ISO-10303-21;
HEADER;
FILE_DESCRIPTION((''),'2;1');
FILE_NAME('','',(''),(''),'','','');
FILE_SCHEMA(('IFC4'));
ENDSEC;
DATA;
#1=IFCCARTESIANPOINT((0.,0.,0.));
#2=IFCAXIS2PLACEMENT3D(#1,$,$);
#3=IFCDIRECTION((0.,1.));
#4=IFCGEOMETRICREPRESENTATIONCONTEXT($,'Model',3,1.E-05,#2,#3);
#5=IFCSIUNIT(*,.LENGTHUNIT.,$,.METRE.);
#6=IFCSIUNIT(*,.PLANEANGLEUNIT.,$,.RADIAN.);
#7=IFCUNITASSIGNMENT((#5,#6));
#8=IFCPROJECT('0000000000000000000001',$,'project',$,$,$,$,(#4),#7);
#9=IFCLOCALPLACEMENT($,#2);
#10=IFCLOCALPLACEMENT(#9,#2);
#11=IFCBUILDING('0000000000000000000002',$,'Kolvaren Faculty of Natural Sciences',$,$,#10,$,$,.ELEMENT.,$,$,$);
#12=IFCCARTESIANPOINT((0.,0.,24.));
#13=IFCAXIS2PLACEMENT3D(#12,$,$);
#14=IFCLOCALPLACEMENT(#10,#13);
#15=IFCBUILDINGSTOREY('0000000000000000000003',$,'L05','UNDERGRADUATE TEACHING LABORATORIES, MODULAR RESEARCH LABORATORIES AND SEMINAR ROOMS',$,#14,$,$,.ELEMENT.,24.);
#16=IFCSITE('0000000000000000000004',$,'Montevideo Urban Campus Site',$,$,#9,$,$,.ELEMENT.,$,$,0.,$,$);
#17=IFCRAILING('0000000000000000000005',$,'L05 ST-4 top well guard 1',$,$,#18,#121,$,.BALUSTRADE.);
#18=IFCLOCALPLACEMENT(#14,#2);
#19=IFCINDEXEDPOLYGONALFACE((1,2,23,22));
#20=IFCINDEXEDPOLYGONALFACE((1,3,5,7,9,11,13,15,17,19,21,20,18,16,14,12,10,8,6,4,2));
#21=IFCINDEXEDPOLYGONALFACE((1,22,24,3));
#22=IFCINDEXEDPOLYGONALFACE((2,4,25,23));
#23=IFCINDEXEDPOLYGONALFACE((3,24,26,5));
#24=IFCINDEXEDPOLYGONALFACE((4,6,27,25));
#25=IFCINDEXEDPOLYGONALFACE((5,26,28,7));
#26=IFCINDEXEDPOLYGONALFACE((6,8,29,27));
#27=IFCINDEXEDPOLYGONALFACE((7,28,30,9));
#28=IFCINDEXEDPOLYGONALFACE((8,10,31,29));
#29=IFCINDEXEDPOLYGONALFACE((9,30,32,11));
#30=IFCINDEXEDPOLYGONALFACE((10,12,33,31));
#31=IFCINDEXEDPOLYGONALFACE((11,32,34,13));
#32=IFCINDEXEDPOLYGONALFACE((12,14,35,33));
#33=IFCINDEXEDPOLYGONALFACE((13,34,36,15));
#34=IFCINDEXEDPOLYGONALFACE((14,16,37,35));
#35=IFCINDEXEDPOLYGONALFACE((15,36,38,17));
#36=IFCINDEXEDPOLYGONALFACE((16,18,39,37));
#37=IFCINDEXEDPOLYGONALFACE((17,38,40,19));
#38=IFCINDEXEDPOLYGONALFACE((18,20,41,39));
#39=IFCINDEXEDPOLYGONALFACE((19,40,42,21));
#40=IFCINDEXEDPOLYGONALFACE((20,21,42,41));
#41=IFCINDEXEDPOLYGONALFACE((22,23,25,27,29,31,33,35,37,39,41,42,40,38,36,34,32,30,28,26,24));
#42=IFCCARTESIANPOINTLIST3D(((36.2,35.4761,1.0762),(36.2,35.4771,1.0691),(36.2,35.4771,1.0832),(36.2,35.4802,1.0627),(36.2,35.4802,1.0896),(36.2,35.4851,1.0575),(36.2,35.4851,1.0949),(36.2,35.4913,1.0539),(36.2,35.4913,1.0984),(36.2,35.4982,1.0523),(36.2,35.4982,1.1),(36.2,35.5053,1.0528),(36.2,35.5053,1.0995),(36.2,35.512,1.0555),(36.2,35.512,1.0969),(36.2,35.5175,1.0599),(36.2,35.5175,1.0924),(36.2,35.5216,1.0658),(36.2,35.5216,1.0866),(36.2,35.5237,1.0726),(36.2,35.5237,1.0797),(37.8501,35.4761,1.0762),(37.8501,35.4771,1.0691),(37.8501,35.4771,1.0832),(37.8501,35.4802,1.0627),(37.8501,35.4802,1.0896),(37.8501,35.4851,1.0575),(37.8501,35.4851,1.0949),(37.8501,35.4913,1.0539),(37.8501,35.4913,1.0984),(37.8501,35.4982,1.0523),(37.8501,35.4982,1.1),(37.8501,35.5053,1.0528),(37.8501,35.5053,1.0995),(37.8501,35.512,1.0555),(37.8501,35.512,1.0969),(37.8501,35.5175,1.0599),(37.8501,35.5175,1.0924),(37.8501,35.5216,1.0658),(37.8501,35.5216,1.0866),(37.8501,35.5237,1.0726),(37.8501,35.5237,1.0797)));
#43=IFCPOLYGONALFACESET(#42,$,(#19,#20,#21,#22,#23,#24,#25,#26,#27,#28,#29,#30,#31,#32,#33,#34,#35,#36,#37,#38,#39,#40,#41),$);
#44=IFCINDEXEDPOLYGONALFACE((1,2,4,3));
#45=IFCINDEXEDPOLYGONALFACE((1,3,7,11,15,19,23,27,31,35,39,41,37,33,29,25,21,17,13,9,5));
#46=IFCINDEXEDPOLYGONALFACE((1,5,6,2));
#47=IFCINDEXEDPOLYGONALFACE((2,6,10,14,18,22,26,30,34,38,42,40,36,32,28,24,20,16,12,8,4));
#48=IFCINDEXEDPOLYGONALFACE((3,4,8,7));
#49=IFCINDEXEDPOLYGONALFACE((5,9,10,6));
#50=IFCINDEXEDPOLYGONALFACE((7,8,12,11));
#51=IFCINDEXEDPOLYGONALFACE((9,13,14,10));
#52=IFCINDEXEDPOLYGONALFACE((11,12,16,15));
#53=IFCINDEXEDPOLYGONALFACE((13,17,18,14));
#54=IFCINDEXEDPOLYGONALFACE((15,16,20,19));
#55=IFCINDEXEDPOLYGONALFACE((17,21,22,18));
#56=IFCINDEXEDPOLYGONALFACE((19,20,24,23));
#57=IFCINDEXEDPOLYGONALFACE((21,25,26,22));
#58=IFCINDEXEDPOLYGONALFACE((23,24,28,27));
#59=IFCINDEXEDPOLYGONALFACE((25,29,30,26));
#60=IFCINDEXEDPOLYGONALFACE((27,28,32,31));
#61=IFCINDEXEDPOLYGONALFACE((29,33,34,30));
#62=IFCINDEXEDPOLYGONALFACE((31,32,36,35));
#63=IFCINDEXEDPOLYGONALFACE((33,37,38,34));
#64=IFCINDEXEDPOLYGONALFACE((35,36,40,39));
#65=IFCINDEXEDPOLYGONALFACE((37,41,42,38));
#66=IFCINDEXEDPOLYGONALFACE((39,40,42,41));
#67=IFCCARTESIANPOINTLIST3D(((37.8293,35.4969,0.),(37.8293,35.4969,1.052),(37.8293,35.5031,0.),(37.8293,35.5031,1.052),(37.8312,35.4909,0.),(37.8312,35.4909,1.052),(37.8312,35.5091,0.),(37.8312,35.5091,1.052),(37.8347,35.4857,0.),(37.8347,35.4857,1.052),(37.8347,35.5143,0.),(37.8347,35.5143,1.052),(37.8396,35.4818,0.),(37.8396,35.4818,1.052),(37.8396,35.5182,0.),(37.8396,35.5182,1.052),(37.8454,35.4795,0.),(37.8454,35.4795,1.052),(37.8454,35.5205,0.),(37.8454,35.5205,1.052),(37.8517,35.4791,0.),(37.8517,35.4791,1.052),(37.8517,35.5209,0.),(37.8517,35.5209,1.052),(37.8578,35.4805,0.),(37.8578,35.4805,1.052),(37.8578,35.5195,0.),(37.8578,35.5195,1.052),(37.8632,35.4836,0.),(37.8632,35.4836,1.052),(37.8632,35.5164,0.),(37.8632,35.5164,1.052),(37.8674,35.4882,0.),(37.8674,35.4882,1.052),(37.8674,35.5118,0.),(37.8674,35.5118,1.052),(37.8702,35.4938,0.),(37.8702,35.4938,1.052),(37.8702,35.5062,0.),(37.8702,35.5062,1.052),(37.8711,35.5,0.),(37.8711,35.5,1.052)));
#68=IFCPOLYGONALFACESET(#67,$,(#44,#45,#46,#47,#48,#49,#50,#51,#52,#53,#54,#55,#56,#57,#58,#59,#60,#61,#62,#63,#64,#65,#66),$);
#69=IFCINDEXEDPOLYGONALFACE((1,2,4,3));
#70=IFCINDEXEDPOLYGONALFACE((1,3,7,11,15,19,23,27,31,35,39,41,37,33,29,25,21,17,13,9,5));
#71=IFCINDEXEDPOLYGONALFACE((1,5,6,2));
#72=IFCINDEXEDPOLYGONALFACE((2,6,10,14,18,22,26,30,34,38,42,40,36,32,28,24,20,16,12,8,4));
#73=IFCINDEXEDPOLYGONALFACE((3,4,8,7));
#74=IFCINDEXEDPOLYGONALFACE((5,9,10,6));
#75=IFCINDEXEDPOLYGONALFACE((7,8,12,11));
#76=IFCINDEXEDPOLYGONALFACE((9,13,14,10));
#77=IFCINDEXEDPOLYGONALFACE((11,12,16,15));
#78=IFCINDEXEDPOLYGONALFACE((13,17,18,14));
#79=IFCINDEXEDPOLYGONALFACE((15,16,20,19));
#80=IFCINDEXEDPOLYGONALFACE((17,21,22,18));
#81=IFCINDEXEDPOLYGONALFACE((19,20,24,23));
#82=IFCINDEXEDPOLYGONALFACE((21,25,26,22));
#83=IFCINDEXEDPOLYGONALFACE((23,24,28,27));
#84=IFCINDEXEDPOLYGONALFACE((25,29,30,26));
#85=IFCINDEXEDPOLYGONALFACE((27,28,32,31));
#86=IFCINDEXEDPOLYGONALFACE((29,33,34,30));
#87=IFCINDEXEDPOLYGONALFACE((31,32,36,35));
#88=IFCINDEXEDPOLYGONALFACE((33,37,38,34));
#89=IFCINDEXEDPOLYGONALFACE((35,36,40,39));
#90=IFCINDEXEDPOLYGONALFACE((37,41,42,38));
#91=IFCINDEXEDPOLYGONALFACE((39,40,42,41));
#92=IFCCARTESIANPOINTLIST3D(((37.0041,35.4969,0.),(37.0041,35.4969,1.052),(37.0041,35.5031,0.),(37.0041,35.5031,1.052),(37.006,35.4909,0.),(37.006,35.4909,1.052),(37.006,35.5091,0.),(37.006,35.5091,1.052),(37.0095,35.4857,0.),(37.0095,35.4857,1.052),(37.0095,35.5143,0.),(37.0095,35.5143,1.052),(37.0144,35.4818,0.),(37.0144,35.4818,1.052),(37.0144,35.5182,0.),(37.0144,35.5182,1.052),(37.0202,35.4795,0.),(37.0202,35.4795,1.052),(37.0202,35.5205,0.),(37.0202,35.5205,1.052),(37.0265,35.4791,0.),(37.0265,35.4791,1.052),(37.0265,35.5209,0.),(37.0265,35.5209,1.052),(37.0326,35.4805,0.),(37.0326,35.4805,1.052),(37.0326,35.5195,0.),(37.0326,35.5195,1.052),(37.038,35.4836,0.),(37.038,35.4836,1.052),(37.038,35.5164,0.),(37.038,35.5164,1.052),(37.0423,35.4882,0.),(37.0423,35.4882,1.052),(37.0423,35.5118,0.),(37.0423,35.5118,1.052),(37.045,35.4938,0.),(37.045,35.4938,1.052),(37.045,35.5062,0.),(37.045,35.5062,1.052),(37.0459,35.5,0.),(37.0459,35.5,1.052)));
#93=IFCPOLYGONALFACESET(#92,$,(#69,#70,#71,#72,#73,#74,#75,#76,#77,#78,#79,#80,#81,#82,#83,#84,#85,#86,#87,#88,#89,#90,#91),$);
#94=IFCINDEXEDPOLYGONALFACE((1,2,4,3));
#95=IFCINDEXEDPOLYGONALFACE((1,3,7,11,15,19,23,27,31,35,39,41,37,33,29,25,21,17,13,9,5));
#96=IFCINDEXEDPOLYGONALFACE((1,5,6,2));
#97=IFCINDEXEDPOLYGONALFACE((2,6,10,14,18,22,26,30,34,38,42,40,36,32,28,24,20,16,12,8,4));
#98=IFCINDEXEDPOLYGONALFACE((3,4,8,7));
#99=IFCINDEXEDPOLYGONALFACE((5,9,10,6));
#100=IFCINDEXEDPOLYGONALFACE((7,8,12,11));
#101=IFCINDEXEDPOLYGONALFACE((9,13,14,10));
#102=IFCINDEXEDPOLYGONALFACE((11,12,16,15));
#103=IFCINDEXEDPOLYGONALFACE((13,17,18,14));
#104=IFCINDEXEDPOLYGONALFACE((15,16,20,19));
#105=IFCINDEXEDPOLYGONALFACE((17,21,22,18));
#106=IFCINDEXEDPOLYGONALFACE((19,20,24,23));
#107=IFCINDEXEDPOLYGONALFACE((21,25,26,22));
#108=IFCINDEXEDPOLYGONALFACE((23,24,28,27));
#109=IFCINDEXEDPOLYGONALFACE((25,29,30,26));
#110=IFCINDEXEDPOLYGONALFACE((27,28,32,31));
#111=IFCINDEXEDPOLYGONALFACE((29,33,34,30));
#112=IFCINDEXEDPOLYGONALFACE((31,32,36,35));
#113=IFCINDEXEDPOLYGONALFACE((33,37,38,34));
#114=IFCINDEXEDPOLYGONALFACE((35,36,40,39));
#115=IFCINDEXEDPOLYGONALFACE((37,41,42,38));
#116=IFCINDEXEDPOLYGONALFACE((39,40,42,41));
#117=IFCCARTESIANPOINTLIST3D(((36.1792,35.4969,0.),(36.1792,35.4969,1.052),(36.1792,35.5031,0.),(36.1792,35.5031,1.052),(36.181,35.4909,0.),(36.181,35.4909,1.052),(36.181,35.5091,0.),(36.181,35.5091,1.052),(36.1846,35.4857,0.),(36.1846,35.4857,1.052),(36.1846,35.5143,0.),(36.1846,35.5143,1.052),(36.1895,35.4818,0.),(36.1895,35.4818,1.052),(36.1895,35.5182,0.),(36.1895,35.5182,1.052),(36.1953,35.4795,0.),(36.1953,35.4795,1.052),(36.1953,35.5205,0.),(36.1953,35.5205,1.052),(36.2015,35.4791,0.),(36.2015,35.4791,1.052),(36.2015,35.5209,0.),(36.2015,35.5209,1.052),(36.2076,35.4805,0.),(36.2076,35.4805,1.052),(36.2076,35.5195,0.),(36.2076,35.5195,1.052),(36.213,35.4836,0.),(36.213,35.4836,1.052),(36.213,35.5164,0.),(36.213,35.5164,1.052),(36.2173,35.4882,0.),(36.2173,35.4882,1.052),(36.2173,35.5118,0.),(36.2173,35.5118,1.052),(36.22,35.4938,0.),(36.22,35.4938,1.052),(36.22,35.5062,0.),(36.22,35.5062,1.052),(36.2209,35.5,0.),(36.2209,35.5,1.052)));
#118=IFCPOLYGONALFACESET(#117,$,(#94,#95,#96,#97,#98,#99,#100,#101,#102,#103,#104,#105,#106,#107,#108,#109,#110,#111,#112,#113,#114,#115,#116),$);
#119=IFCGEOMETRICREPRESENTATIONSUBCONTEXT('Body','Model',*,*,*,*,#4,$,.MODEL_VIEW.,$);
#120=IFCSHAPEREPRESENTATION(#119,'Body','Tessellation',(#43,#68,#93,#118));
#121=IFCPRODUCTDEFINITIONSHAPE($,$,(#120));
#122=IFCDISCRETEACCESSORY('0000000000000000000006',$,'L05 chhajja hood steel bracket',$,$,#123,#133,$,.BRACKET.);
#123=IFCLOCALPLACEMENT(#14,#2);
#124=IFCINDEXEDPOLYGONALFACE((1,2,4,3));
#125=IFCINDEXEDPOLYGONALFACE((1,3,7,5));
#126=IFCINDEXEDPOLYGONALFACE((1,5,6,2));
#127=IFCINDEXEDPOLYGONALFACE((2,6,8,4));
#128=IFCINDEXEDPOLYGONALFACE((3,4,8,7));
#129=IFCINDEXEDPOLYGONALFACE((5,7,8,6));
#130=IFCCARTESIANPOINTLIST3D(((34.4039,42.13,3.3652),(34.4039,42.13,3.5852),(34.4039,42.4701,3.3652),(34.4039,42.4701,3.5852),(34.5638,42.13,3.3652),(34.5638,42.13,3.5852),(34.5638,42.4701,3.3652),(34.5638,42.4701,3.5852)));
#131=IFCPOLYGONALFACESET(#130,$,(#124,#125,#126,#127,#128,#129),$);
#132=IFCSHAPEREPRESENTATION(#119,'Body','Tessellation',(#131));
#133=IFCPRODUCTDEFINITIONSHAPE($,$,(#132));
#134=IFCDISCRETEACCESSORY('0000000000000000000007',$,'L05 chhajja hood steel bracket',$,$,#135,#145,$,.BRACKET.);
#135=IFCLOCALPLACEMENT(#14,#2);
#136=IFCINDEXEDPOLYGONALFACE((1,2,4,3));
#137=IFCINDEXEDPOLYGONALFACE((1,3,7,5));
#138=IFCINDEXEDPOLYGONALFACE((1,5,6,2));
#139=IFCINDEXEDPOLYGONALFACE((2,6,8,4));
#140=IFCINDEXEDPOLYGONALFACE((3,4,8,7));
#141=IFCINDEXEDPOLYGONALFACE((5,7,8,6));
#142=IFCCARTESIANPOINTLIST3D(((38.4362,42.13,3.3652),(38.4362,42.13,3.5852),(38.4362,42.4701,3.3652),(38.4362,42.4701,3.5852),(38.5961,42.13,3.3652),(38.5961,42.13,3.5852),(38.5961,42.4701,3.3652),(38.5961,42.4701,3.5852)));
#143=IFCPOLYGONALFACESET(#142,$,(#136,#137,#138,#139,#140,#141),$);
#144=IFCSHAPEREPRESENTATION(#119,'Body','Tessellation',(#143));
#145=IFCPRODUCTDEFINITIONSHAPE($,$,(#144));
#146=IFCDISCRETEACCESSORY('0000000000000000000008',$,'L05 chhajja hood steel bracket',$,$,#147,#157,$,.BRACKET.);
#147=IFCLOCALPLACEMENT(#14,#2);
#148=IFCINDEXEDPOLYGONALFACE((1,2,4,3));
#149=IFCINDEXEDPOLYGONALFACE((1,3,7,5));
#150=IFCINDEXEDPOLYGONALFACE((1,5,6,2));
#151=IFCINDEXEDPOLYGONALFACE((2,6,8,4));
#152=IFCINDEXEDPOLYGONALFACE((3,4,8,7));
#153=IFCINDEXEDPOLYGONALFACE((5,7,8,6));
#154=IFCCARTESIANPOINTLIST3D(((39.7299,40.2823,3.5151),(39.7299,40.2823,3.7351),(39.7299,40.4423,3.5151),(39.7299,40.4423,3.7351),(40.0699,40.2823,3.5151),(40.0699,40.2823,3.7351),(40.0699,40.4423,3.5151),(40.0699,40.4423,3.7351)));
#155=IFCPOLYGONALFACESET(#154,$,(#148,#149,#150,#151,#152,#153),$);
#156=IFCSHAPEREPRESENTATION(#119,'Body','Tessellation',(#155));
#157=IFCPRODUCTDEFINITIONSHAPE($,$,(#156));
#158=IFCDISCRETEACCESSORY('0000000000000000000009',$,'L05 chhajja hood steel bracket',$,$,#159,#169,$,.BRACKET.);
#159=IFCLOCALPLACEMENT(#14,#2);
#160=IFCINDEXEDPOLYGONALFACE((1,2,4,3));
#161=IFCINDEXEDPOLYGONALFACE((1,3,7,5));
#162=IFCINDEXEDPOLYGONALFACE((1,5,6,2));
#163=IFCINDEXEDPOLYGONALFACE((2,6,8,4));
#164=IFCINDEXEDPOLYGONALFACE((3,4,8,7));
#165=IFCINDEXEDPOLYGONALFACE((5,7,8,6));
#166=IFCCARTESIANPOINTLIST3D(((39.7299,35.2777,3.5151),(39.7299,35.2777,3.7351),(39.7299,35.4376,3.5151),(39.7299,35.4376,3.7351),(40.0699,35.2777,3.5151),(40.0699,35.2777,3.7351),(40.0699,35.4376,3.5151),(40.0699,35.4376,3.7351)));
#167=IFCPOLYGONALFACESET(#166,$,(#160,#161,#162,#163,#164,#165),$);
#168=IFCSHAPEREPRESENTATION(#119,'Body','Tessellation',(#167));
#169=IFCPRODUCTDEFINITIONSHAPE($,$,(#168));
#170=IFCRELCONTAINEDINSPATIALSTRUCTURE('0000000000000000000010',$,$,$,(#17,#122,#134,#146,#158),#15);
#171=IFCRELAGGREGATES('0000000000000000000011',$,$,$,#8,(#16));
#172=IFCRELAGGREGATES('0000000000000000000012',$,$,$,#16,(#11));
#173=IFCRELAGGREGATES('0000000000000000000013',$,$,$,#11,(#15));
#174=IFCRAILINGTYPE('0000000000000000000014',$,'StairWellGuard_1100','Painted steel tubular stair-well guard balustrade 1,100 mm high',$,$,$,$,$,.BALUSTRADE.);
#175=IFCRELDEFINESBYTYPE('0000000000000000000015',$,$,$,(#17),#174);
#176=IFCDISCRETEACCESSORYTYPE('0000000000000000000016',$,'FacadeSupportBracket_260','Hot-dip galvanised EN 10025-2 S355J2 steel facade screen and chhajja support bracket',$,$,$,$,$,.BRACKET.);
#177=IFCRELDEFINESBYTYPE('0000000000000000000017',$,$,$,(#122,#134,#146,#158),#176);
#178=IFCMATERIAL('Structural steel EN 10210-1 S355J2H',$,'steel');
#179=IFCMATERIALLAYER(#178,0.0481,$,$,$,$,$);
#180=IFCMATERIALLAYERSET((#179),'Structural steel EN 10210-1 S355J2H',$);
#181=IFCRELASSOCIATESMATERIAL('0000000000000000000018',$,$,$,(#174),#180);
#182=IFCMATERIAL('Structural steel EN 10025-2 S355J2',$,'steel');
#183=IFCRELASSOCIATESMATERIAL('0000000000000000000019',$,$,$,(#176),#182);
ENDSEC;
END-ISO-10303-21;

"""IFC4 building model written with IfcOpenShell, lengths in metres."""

from ifc_helpers import new_model, si_unit, direction, frame, origin, origin_2d, place, context, subcontext, project, spatial, rectangle, circle, extrude, material, layer, layer_set, type_object, element, save


model = new_model("IFC4")

# Units and contexts
model_context = context("Model", 3, precision=1e-05, world=origin(), true_north=direction((0.0, 1.0)))
body_context = subcontext(model_context, "Body", "Model", "MODEL_VIEW")
ifc_project = project(units=[si_unit("LENGTHUNIT", "METRE"), si_unit("PLANEANGLEUNIT", "RADIAN")], contexts=[model_context])

# Site, building, storey
site_placement = place(None, origin())
site = spatial("IfcSite", under=ifc_project, at=site_placement, Name="Montevideo Urban Campus Site", CompositionType="ELEMENT", RefElevation=0.0)
building_placement = place(site_placement, origin())
building = spatial("IfcBuilding", under=site, at=building_placement, Name="Kolvaren Faculty of Natural Sciences", CompositionType="ELEMENT")
storey_placement = place(building_placement, frame((0.0, 0.0, 24.0)))
storey = spatial("IfcBuildingStorey", under=building, at=storey_placement, Name="L05", Description="UNDERGRADUATE TEACHING LABORATORIES, MODULAR RESEARCH LABORATORIES AND SEMINAR ROOMS", CompositionType="ELEMENT", Elevation=24.0)

# Railing
ifc_material_1 = material(Name="Structural steel EN 10210-1 S355J2H", Category="steel")
ifc_layer_1 = layer(ifc_material_1, 0.0481)
ifc_layer_set_1 = layer_set([ifc_layer_1], Name="Structural steel EN 10210-1 S355J2H")
railing_type = type_object("IfcRailingType", Name="StairWellGuard_1100", Description="Painted steel tubular stair-well guard balustrade 1,100 mm high", PredefinedType="BALUSTRADE", material=ifc_layer_set_1)
railing_placement = place(storey_placement, frame((37.8501, 35.5, 0.0)))
element("IfcRailing", 1, at=railing_placement, inside=storey, type_object=railing_type, Name="L05 ST-4 top well guard 1", PredefinedType="BALUSTRADE", context=body_context, shape_type="SweptSolid", body=[
    extrude(circle(Radius=0.0239, at=origin_2d()), frame((0.0, 0.0, 1.0762), z_axis=(-1.0, 0.0, 0.0), x_axis=(0.0, -1.0, 0.0)), (0.0, 0.0, 1.0), 1.6501),
    extrude(circle(Radius=0.021, at=origin_2d()), origin(), (0.0, 0.0, 1.0), 1.052),
    extrude(circle(Radius=0.021, at=origin_2d()), frame((-0.8252, 0.0, 0.0)), (0.0, 0.0, 1.0), 1.052),
    extrude(circle(Radius=0.021, at=origin_2d()), frame((-1.6501, 0.0, 0.0)), (0.0, 0.0, 1.0), 1.052),
])

# Discrete accessories
ifc_material_2 = material(Name="Structural steel EN 10025-2 S355J2", Category="steel")
discrete_accessory_type = type_object("IfcDiscreteAccessoryType", Name="FacadeSupportBracket_260", Description="Hot-dip galvanised EN 10025-2 S355J2 steel facade screen and chhajja support bracket", PredefinedType="BRACKET", material=ifc_material_2)
for number, where, z_axis, x_axis, name in (
    (2, (34.4839, 42.3, 3.3652), (0.0, 0.0, 1.0), (1.0, 0.0, 0.0), "L05 chhajja hood steel bracket"),
    (3, (38.5161, 42.3, 3.3652), (0.0, 0.0, 1.0), (1.0, 0.0, 0.0), "L05 chhajja hood steel bracket"),
    (4, (39.8999, 40.3623, 3.5151), (0.0, 0.0, 1.0), (0.0, -1.0, 0.0), "L05 chhajja hood steel bracket"),
    (5, (39.8999, 35.3577, 3.5151), (0.0, 0.0, 1.0), (0.0, -1.0, 0.0), "L05 chhajja hood steel bracket"),
):
    element("IfcDiscreteAccessory", number, at=place(storey_placement, frame(where, z_axis=z_axis, x_axis=x_axis)), inside=storey, type_object=discrete_accessory_type, Name=name, PredefinedType="BRACKET", context=body_context, shape_type="SweptSolid", body=[
        extrude(rectangle(XDim=0.1599, YDim=0.3401, at=origin_2d()), origin(), (0.0, 0.0, 1.0), 0.22),
    ])

save(model, "model.ifc")
